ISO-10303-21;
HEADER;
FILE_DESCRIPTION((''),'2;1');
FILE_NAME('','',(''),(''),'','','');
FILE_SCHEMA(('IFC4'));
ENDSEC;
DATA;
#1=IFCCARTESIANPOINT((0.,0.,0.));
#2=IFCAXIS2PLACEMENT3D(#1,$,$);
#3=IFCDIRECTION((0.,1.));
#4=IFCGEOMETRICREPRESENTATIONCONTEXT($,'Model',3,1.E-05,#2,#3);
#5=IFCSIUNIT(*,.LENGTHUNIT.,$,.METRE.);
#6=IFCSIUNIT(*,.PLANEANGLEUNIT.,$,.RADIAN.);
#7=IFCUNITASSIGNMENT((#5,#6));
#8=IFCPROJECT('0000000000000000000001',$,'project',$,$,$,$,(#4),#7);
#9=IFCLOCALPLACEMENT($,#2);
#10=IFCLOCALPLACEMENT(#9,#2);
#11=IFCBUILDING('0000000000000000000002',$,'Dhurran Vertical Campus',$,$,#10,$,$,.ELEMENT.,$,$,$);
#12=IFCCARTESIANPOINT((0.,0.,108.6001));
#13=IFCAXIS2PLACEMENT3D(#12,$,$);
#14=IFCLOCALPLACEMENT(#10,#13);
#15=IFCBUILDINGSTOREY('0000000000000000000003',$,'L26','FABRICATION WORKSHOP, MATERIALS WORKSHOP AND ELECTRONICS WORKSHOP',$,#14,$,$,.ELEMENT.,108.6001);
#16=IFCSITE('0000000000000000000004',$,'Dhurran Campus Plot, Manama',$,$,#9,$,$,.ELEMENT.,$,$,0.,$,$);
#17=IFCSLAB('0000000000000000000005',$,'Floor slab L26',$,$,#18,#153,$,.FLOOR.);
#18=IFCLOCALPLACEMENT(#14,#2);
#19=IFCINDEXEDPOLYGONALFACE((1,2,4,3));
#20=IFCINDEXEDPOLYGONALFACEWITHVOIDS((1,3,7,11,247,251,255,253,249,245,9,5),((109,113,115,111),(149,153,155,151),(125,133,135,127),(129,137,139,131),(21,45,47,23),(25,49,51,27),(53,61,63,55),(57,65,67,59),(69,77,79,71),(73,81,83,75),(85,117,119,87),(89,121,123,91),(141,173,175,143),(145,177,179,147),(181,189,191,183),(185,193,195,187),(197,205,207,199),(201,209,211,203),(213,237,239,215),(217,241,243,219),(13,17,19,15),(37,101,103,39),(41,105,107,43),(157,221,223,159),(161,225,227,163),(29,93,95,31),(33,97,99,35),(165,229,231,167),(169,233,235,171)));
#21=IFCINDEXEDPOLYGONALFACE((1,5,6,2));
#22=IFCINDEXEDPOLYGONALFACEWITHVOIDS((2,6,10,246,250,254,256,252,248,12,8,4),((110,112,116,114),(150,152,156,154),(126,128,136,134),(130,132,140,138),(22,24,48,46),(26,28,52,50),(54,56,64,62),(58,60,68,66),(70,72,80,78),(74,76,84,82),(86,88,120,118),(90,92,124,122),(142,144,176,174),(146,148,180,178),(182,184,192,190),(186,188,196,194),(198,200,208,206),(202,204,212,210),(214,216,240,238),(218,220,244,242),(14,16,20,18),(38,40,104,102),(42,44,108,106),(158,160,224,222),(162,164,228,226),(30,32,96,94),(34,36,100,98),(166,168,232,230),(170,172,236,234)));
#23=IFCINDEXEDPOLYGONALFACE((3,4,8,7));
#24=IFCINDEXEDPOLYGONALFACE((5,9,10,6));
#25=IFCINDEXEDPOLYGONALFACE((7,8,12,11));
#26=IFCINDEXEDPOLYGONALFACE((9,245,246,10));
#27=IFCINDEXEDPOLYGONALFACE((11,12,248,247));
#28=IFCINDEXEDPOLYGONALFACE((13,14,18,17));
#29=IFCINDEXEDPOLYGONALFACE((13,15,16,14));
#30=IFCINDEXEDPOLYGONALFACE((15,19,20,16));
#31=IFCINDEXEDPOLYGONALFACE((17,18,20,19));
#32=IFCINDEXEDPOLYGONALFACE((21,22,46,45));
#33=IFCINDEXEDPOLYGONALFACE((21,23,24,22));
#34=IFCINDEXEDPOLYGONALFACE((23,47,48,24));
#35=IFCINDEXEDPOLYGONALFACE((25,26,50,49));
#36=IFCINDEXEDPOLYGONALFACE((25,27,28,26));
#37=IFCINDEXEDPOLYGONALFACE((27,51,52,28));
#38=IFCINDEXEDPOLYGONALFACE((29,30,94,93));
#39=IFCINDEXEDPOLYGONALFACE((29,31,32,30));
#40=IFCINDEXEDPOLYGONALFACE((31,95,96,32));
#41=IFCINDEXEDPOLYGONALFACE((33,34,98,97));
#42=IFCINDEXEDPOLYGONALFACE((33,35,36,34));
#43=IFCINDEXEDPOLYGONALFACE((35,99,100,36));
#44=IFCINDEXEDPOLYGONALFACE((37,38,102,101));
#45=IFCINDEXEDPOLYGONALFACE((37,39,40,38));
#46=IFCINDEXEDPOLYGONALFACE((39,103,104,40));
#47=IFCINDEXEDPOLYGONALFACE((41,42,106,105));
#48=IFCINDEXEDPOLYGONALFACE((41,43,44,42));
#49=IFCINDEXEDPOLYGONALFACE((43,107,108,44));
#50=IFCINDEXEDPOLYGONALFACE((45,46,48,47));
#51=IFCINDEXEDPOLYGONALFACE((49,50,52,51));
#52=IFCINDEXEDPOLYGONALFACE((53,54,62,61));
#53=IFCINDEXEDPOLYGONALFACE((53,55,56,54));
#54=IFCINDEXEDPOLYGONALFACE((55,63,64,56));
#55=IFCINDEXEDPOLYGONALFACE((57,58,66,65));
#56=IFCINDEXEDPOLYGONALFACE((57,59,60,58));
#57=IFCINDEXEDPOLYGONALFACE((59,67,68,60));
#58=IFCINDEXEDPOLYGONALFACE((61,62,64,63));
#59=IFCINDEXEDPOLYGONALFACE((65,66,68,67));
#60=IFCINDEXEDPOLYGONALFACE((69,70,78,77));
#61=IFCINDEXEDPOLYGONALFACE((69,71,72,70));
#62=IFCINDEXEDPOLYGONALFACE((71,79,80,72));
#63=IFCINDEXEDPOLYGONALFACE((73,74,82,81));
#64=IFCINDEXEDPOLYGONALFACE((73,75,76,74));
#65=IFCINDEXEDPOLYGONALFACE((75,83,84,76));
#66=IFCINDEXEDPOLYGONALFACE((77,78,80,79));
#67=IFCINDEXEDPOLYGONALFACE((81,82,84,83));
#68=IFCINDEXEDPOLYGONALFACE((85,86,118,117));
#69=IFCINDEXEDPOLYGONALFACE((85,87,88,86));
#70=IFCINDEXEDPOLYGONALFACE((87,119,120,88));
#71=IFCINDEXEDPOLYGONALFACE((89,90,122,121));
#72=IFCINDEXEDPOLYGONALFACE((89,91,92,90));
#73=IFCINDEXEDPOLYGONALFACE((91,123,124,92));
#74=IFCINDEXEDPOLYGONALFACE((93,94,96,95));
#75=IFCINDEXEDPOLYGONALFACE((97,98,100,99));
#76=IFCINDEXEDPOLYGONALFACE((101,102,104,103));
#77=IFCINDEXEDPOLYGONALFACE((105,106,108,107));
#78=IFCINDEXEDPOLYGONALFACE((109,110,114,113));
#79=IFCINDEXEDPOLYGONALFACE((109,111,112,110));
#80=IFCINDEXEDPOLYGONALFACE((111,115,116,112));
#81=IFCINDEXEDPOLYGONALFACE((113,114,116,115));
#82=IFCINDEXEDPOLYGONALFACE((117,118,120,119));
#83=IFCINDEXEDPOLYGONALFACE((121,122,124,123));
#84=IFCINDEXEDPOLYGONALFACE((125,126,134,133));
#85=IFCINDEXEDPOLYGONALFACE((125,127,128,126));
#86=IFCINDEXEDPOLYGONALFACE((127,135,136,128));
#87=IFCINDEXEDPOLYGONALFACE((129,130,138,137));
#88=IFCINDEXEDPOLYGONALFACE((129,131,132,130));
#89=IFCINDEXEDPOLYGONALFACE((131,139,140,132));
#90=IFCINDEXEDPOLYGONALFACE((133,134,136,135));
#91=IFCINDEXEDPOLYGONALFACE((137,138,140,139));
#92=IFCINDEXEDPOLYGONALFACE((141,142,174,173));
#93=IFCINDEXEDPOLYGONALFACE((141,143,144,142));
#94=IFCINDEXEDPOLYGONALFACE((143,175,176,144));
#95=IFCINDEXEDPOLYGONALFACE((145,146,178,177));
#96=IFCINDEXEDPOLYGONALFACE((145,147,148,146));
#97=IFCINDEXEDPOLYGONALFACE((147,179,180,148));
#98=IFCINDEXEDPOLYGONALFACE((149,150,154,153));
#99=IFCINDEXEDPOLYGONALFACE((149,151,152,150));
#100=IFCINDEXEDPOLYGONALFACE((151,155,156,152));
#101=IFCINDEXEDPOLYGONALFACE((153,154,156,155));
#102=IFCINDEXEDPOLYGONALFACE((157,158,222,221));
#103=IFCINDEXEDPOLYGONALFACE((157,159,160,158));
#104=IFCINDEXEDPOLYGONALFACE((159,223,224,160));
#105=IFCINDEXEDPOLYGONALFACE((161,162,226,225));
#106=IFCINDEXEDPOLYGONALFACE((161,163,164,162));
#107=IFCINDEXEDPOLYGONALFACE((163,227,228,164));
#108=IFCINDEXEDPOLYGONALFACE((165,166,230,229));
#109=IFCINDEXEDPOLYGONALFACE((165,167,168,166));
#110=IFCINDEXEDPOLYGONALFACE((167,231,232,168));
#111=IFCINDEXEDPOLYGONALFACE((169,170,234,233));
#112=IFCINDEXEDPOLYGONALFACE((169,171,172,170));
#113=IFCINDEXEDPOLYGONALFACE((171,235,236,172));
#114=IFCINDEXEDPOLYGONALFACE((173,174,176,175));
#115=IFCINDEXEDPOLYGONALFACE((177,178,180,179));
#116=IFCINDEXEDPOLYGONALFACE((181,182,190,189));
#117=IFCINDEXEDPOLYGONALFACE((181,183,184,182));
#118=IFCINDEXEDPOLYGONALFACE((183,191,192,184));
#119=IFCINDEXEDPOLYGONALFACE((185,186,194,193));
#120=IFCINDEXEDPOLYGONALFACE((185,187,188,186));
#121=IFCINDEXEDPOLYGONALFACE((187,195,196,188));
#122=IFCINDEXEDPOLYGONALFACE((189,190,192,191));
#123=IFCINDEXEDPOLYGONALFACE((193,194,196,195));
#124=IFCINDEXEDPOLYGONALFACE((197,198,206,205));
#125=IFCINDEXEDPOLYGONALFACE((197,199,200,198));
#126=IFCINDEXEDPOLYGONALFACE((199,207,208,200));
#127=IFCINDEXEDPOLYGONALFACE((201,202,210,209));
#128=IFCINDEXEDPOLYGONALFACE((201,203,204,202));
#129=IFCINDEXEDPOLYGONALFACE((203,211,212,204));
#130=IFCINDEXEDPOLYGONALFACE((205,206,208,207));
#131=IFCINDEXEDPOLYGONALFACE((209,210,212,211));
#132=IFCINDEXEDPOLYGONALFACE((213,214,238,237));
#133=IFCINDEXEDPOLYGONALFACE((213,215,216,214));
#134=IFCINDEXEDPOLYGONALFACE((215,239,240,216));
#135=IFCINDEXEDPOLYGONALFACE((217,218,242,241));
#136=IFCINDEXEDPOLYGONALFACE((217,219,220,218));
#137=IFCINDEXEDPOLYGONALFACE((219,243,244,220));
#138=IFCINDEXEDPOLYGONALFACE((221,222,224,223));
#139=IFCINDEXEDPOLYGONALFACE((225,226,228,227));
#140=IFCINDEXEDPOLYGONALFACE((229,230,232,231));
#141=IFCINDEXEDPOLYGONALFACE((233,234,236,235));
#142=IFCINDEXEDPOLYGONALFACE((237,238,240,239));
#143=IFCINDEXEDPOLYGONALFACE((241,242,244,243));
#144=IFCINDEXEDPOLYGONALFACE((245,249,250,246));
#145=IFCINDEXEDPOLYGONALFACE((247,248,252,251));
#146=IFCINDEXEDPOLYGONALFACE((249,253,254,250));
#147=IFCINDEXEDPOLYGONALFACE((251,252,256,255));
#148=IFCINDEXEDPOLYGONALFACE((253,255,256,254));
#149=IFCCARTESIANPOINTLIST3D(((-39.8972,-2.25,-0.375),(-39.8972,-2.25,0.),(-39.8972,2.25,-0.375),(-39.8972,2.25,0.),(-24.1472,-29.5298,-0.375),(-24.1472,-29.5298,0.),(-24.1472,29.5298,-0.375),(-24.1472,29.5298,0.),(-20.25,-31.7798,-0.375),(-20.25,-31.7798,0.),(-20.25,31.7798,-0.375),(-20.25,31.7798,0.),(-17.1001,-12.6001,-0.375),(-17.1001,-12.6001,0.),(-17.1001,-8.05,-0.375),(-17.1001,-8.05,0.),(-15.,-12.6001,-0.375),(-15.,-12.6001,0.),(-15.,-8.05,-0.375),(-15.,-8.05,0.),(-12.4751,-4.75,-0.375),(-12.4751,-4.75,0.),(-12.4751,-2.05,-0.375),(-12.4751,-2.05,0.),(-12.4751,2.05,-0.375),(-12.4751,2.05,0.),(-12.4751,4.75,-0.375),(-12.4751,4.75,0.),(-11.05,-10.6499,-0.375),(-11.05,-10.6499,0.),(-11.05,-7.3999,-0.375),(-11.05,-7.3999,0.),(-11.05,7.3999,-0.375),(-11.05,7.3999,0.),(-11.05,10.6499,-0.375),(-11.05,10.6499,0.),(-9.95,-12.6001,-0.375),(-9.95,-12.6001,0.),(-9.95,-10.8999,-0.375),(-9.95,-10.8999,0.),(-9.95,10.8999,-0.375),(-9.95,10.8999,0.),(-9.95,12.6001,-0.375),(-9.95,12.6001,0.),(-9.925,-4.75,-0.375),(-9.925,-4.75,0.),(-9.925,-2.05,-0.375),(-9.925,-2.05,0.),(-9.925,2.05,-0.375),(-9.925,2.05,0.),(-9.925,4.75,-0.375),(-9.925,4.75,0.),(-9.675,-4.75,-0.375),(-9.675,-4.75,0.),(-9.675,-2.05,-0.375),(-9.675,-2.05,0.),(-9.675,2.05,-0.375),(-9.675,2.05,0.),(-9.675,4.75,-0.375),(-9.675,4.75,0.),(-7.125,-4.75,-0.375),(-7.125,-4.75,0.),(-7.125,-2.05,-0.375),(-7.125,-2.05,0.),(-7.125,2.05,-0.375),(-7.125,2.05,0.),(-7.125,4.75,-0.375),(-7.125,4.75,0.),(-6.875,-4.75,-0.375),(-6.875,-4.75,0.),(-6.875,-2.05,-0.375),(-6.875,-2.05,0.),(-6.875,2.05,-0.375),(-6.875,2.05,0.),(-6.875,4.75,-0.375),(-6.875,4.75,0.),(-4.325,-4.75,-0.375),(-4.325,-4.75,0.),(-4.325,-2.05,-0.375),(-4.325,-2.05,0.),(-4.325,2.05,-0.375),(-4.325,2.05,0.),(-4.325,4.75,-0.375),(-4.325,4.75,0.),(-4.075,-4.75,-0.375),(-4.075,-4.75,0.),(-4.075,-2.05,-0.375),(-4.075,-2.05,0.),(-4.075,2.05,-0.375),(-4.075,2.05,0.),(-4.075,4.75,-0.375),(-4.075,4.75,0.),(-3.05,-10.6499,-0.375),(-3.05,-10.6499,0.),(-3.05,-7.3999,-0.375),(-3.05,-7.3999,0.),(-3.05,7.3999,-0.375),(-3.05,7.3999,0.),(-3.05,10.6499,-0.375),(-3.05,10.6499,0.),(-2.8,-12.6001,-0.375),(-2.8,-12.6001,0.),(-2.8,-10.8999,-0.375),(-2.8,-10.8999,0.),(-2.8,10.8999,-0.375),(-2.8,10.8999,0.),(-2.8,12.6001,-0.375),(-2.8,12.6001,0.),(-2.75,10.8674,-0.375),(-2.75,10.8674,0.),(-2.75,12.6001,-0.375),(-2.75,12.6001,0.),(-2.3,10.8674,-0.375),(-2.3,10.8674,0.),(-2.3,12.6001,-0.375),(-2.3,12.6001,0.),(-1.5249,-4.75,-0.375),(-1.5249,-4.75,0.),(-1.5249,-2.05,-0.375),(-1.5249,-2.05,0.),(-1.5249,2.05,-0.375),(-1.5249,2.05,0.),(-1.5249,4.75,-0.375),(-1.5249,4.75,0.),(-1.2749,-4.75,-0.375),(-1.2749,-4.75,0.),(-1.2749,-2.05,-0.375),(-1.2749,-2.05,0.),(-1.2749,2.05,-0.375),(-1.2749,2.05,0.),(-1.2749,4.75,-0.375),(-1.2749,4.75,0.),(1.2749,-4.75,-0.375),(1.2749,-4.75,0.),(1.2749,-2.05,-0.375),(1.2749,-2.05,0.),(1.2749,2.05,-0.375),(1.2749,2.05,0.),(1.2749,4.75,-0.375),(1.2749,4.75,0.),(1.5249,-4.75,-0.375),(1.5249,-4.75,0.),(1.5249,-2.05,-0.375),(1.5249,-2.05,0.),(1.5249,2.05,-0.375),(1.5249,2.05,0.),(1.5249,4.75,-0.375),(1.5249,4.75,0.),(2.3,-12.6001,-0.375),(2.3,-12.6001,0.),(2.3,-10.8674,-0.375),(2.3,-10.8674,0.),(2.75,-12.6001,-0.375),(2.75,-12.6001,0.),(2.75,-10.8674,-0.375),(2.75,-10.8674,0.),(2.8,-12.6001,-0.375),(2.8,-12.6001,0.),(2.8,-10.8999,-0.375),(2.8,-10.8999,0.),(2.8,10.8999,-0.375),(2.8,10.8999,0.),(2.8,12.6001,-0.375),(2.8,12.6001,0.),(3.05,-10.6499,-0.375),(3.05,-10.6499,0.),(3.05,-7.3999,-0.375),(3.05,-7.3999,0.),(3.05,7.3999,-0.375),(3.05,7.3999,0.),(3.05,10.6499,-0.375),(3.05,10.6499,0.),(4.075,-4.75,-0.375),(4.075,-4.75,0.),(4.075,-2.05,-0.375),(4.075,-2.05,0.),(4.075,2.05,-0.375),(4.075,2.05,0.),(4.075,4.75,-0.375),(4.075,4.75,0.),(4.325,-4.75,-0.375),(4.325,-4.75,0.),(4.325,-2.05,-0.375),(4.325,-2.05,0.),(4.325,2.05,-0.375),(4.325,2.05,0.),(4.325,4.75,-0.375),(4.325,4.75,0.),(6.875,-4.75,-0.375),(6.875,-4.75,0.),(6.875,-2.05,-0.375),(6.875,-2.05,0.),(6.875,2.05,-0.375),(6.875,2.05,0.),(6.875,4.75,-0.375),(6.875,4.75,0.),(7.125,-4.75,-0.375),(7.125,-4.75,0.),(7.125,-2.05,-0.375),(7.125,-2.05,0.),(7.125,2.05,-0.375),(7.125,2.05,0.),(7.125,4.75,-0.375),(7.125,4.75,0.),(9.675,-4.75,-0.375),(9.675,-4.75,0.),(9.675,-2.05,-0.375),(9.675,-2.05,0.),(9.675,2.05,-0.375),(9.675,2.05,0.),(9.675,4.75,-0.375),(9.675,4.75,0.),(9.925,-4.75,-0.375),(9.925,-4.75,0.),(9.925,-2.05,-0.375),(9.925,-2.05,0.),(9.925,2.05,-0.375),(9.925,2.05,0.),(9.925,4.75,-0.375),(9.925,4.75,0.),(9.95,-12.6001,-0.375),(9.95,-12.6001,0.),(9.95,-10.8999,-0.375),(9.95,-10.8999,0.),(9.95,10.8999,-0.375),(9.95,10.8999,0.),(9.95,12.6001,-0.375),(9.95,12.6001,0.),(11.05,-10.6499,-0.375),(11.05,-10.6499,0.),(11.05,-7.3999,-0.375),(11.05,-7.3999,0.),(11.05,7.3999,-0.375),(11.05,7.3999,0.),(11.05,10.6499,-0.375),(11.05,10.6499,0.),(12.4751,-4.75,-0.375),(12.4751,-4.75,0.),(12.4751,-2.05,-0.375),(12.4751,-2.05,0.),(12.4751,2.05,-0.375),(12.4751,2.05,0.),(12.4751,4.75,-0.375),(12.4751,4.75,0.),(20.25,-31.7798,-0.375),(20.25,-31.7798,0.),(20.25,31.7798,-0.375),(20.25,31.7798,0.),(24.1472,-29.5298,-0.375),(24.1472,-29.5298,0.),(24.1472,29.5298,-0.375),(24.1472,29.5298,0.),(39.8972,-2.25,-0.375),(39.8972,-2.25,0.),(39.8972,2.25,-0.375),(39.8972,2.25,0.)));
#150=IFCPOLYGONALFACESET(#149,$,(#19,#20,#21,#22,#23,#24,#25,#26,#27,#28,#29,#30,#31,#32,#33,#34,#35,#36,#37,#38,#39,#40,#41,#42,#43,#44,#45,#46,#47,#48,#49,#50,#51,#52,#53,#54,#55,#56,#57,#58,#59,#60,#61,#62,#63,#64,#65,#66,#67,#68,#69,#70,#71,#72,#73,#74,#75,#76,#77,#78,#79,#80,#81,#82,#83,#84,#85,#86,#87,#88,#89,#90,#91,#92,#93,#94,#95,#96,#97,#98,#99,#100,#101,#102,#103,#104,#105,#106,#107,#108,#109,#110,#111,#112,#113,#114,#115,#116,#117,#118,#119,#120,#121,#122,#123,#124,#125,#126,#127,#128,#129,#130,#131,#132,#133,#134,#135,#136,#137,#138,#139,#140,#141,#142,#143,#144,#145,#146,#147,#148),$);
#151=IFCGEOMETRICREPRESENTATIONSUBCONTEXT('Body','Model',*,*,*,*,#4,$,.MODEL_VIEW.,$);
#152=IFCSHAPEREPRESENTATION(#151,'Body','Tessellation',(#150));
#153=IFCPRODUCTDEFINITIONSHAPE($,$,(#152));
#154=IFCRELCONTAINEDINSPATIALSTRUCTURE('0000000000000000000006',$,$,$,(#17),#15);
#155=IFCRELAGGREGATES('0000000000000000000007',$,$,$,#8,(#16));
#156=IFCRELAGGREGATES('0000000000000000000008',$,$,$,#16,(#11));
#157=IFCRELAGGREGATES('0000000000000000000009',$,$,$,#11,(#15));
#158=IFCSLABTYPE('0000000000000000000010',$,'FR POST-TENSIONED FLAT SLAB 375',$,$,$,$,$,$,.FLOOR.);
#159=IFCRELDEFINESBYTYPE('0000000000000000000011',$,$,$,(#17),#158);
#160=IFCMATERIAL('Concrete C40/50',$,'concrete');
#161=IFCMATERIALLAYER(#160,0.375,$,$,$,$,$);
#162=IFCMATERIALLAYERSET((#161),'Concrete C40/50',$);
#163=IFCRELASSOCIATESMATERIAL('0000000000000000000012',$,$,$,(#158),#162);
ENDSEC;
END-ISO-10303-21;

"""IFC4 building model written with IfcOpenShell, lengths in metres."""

from ifc_helpers import new_model, si_unit, direction, frame, origin, place, context, subcontext, project, spatial, polyline, outline, extrude, material, layer, layer_set, type_object, element, save


model = new_model("IFC4")

# Units and contexts
model_context = context("Model", 3, precision=1e-05, world=origin(), true_north=direction((0.0, 1.0)))
body_context = subcontext(model_context, "Body", "Model", "MODEL_VIEW")
ifc_project = project(units=[si_unit("LENGTHUNIT", "METRE"), si_unit("PLANEANGLEUNIT", "RADIAN")], contexts=[model_context])

# Site, building, storey
site_placement = place(None, origin())
site = spatial("IfcSite", under=ifc_project, at=site_placement, Name="Dhurran Campus Plot, Manama", CompositionType="ELEMENT", RefElevation=0.0)
building_placement = place(site_placement, origin())
building = spatial("IfcBuilding", under=site, at=building_placement, Name="Dhurran Vertical Campus", CompositionType="ELEMENT")
storey_placement = place(building_placement, frame((0.0, 0.0, 108.6001)))
storey = spatial("IfcBuildingStorey", under=building, at=storey_placement, Name="L26", Description="FABRICATION WORKSHOP, MATERIALS WORKSHOP AND ELECTRONICS WORKSHOP", CompositionType="ELEMENT", Elevation=108.6001)

# Slab
ifc_material_1 = material(Name="Concrete C40/50", Category="concrete")
ifc_layer_1 = layer(ifc_material_1, 0.375)
ifc_layer_set_1 = layer_set([ifc_layer_1], Name="Concrete C40/50")
slab_type = type_object("IfcSlabType", Name="FR POST-TENSIONED FLAT SLAB 375", PredefinedType="FLOOR", material=ifc_layer_set_1)
slab_placement = place(storey_placement, frame((0.0, 0.0, -0.375)))
element("IfcSlab", 1, at=slab_placement, inside=storey, type_object=slab_type, Name="Floor slab L26", PredefinedType="FLOOR", context=body_context, shape_type="SweptSolid", body=[
    extrude(outline(polyline([(-20.25, -31.7798), (20.25, -31.7798), (24.1472, -29.5298), (39.8972, -2.25), (39.8972, 2.25), (24.1472, 29.5298), (20.25, 31.7798), (-20.25, 31.7798), (-24.1472, 29.5298), (-39.8972, 2.25), (-39.8972, -2.25), (-24.1472, -29.5298), (-20.25, -31.7798)]), holes=[polyline([(-12.4751, 2.05), (-9.925, 2.05), (-9.925, 4.75), (-12.4751, 4.75), (-12.4751, 2.05)]), polyline([(-9.675, 2.05), (-7.125, 2.05), (-7.125, 4.75), (-9.675, 4.75), (-9.675, 2.05)]), polyline([(-6.875, 2.05), (-4.325, 2.05), (-4.325, 4.75), (-6.875, 4.75), (-6.875, 2.05)]), polyline([(-1.2749, 2.05), (1.2749, 2.05), (1.2749, 4.75), (-1.2749, 4.75), (-1.2749, 2.05)]), polyline([(9.925, 2.05), (12.4751, 2.05), (12.4751, 4.75), (9.925, 4.75), (9.925, 2.05)]), polyline([(-1.2749, -4.75), (1.2749, -4.75), (1.2749, -2.05), (-1.2749, -2.05), (-1.2749, -4.75)]), polyline([(1.5249, -4.75), (4.075, -4.75), (4.075, -2.05), (1.5249, -2.05), (1.5249, -4.75)]), polyline([(4.325, -4.75), (6.875, -4.75), (6.875, -2.05), (4.325, -2.05), (4.325, -4.75)]), polyline([(7.125, -4.75), (9.675, -4.75), (9.675, -2.05), (7.125, -2.05), (7.125, -4.75)]), polyline([(9.925, -4.75), (12.4751, -4.75), (12.4751, -2.05), (9.925, -2.05), (9.925, -4.75)]), polyline([(-4.075, 2.05), (-1.5249, 2.05), (-1.5249, 4.75), (-4.075, 4.75), (-4.075, 2.05)]), polyline([(1.5249, 2.05), (4.075, 2.05), (4.075, 4.75), (1.5249, 4.75), (1.5249, 2.05)]), polyline([(4.325, 2.05), (6.875, 2.05), (6.875, 4.75), (4.325, 4.75), (4.325, 2.05)]), polyline([(7.125, 2.05), (9.675, 2.05), (9.675, 4.75), (7.125, 4.75), (7.125, 2.05)]), polyline([(-12.4751, -4.75), (-9.925, -4.75), (-9.925, -2.05), (-12.4751, -2.05), (-12.4751, -4.75)]), polyline([(-9.675, -4.75), (-7.125, -4.75), (-7.125, -2.05), (-9.675, -2.05), (-9.675, -4.75)]), polyline([(-6.875, -4.75), (-4.325, -4.75), (-4.325, -2.05), (-6.875, -2.05), (-6.875, -4.75)]), polyline([(-4.075, -4.75), (-1.5249, -4.75), (-1.5249, -2.05), (-4.075, -2.05), (-4.075, -4.75)]), polyline([(-11.05, 7.3999), (-3.05, 7.3999), (-3.05, 10.6499), (-11.05, 10.6499), (-11.05, 7.3999)]), polyline([(3.05, 7.3999), (11.05, 7.3999), (11.05, 10.6499), (3.05, 10.6499), (3.05, 7.3999)]), polyline([(-11.05, -10.6499), (-3.05, -10.6499), (-3.05, -7.3999), (-11.05, -7.3999), (-11.05, -10.6499)]), polyline([(3.05, -10.6499), (11.05, -10.6499), (11.05, -7.3999), (3.05, -7.3999), (3.05, -10.6499)]), polyline([(-9.95, 10.8999), (-9.95, 12.6001), (-2.8, 12.6001), (-2.8, 10.8999), (-9.95, 10.8999)]), polyline([(9.95, 12.6001), (9.95, 10.8999), (2.8, 10.8999), (2.8, 12.6001), (9.95, 12.6001)]), polyline([(-9.95, -12.6001), (-9.95, -10.8999), (-2.8, -10.8999), (-2.8, -12.6001), (-9.95, -12.6001)]), polyline([(9.95, -10.8999), (9.95, -12.6001), (2.8, -12.6001), (2.8, -10.8999), (9.95, -10.8999)]), polyline([(-17.1001, -8.05), (-15.0, -8.05), (-15.0, -12.6001), (-17.1001, -12.6001), (-17.1001, -8.05)]), polyline([(-2.3, 12.6001), (-2.3, 10.8674), (-2.75, 10.8674), (-2.75, 12.6001), (-2.3, 12.6001)]), polyline([(2.3, -12.6001), (2.3, -10.8674), (2.75, -10.8674), (2.75, -12.6001), (2.3, -12.6001)])]), origin(), (0.0, 0.0, 1.0), 0.375),
])

save(model, "model.ifc")
